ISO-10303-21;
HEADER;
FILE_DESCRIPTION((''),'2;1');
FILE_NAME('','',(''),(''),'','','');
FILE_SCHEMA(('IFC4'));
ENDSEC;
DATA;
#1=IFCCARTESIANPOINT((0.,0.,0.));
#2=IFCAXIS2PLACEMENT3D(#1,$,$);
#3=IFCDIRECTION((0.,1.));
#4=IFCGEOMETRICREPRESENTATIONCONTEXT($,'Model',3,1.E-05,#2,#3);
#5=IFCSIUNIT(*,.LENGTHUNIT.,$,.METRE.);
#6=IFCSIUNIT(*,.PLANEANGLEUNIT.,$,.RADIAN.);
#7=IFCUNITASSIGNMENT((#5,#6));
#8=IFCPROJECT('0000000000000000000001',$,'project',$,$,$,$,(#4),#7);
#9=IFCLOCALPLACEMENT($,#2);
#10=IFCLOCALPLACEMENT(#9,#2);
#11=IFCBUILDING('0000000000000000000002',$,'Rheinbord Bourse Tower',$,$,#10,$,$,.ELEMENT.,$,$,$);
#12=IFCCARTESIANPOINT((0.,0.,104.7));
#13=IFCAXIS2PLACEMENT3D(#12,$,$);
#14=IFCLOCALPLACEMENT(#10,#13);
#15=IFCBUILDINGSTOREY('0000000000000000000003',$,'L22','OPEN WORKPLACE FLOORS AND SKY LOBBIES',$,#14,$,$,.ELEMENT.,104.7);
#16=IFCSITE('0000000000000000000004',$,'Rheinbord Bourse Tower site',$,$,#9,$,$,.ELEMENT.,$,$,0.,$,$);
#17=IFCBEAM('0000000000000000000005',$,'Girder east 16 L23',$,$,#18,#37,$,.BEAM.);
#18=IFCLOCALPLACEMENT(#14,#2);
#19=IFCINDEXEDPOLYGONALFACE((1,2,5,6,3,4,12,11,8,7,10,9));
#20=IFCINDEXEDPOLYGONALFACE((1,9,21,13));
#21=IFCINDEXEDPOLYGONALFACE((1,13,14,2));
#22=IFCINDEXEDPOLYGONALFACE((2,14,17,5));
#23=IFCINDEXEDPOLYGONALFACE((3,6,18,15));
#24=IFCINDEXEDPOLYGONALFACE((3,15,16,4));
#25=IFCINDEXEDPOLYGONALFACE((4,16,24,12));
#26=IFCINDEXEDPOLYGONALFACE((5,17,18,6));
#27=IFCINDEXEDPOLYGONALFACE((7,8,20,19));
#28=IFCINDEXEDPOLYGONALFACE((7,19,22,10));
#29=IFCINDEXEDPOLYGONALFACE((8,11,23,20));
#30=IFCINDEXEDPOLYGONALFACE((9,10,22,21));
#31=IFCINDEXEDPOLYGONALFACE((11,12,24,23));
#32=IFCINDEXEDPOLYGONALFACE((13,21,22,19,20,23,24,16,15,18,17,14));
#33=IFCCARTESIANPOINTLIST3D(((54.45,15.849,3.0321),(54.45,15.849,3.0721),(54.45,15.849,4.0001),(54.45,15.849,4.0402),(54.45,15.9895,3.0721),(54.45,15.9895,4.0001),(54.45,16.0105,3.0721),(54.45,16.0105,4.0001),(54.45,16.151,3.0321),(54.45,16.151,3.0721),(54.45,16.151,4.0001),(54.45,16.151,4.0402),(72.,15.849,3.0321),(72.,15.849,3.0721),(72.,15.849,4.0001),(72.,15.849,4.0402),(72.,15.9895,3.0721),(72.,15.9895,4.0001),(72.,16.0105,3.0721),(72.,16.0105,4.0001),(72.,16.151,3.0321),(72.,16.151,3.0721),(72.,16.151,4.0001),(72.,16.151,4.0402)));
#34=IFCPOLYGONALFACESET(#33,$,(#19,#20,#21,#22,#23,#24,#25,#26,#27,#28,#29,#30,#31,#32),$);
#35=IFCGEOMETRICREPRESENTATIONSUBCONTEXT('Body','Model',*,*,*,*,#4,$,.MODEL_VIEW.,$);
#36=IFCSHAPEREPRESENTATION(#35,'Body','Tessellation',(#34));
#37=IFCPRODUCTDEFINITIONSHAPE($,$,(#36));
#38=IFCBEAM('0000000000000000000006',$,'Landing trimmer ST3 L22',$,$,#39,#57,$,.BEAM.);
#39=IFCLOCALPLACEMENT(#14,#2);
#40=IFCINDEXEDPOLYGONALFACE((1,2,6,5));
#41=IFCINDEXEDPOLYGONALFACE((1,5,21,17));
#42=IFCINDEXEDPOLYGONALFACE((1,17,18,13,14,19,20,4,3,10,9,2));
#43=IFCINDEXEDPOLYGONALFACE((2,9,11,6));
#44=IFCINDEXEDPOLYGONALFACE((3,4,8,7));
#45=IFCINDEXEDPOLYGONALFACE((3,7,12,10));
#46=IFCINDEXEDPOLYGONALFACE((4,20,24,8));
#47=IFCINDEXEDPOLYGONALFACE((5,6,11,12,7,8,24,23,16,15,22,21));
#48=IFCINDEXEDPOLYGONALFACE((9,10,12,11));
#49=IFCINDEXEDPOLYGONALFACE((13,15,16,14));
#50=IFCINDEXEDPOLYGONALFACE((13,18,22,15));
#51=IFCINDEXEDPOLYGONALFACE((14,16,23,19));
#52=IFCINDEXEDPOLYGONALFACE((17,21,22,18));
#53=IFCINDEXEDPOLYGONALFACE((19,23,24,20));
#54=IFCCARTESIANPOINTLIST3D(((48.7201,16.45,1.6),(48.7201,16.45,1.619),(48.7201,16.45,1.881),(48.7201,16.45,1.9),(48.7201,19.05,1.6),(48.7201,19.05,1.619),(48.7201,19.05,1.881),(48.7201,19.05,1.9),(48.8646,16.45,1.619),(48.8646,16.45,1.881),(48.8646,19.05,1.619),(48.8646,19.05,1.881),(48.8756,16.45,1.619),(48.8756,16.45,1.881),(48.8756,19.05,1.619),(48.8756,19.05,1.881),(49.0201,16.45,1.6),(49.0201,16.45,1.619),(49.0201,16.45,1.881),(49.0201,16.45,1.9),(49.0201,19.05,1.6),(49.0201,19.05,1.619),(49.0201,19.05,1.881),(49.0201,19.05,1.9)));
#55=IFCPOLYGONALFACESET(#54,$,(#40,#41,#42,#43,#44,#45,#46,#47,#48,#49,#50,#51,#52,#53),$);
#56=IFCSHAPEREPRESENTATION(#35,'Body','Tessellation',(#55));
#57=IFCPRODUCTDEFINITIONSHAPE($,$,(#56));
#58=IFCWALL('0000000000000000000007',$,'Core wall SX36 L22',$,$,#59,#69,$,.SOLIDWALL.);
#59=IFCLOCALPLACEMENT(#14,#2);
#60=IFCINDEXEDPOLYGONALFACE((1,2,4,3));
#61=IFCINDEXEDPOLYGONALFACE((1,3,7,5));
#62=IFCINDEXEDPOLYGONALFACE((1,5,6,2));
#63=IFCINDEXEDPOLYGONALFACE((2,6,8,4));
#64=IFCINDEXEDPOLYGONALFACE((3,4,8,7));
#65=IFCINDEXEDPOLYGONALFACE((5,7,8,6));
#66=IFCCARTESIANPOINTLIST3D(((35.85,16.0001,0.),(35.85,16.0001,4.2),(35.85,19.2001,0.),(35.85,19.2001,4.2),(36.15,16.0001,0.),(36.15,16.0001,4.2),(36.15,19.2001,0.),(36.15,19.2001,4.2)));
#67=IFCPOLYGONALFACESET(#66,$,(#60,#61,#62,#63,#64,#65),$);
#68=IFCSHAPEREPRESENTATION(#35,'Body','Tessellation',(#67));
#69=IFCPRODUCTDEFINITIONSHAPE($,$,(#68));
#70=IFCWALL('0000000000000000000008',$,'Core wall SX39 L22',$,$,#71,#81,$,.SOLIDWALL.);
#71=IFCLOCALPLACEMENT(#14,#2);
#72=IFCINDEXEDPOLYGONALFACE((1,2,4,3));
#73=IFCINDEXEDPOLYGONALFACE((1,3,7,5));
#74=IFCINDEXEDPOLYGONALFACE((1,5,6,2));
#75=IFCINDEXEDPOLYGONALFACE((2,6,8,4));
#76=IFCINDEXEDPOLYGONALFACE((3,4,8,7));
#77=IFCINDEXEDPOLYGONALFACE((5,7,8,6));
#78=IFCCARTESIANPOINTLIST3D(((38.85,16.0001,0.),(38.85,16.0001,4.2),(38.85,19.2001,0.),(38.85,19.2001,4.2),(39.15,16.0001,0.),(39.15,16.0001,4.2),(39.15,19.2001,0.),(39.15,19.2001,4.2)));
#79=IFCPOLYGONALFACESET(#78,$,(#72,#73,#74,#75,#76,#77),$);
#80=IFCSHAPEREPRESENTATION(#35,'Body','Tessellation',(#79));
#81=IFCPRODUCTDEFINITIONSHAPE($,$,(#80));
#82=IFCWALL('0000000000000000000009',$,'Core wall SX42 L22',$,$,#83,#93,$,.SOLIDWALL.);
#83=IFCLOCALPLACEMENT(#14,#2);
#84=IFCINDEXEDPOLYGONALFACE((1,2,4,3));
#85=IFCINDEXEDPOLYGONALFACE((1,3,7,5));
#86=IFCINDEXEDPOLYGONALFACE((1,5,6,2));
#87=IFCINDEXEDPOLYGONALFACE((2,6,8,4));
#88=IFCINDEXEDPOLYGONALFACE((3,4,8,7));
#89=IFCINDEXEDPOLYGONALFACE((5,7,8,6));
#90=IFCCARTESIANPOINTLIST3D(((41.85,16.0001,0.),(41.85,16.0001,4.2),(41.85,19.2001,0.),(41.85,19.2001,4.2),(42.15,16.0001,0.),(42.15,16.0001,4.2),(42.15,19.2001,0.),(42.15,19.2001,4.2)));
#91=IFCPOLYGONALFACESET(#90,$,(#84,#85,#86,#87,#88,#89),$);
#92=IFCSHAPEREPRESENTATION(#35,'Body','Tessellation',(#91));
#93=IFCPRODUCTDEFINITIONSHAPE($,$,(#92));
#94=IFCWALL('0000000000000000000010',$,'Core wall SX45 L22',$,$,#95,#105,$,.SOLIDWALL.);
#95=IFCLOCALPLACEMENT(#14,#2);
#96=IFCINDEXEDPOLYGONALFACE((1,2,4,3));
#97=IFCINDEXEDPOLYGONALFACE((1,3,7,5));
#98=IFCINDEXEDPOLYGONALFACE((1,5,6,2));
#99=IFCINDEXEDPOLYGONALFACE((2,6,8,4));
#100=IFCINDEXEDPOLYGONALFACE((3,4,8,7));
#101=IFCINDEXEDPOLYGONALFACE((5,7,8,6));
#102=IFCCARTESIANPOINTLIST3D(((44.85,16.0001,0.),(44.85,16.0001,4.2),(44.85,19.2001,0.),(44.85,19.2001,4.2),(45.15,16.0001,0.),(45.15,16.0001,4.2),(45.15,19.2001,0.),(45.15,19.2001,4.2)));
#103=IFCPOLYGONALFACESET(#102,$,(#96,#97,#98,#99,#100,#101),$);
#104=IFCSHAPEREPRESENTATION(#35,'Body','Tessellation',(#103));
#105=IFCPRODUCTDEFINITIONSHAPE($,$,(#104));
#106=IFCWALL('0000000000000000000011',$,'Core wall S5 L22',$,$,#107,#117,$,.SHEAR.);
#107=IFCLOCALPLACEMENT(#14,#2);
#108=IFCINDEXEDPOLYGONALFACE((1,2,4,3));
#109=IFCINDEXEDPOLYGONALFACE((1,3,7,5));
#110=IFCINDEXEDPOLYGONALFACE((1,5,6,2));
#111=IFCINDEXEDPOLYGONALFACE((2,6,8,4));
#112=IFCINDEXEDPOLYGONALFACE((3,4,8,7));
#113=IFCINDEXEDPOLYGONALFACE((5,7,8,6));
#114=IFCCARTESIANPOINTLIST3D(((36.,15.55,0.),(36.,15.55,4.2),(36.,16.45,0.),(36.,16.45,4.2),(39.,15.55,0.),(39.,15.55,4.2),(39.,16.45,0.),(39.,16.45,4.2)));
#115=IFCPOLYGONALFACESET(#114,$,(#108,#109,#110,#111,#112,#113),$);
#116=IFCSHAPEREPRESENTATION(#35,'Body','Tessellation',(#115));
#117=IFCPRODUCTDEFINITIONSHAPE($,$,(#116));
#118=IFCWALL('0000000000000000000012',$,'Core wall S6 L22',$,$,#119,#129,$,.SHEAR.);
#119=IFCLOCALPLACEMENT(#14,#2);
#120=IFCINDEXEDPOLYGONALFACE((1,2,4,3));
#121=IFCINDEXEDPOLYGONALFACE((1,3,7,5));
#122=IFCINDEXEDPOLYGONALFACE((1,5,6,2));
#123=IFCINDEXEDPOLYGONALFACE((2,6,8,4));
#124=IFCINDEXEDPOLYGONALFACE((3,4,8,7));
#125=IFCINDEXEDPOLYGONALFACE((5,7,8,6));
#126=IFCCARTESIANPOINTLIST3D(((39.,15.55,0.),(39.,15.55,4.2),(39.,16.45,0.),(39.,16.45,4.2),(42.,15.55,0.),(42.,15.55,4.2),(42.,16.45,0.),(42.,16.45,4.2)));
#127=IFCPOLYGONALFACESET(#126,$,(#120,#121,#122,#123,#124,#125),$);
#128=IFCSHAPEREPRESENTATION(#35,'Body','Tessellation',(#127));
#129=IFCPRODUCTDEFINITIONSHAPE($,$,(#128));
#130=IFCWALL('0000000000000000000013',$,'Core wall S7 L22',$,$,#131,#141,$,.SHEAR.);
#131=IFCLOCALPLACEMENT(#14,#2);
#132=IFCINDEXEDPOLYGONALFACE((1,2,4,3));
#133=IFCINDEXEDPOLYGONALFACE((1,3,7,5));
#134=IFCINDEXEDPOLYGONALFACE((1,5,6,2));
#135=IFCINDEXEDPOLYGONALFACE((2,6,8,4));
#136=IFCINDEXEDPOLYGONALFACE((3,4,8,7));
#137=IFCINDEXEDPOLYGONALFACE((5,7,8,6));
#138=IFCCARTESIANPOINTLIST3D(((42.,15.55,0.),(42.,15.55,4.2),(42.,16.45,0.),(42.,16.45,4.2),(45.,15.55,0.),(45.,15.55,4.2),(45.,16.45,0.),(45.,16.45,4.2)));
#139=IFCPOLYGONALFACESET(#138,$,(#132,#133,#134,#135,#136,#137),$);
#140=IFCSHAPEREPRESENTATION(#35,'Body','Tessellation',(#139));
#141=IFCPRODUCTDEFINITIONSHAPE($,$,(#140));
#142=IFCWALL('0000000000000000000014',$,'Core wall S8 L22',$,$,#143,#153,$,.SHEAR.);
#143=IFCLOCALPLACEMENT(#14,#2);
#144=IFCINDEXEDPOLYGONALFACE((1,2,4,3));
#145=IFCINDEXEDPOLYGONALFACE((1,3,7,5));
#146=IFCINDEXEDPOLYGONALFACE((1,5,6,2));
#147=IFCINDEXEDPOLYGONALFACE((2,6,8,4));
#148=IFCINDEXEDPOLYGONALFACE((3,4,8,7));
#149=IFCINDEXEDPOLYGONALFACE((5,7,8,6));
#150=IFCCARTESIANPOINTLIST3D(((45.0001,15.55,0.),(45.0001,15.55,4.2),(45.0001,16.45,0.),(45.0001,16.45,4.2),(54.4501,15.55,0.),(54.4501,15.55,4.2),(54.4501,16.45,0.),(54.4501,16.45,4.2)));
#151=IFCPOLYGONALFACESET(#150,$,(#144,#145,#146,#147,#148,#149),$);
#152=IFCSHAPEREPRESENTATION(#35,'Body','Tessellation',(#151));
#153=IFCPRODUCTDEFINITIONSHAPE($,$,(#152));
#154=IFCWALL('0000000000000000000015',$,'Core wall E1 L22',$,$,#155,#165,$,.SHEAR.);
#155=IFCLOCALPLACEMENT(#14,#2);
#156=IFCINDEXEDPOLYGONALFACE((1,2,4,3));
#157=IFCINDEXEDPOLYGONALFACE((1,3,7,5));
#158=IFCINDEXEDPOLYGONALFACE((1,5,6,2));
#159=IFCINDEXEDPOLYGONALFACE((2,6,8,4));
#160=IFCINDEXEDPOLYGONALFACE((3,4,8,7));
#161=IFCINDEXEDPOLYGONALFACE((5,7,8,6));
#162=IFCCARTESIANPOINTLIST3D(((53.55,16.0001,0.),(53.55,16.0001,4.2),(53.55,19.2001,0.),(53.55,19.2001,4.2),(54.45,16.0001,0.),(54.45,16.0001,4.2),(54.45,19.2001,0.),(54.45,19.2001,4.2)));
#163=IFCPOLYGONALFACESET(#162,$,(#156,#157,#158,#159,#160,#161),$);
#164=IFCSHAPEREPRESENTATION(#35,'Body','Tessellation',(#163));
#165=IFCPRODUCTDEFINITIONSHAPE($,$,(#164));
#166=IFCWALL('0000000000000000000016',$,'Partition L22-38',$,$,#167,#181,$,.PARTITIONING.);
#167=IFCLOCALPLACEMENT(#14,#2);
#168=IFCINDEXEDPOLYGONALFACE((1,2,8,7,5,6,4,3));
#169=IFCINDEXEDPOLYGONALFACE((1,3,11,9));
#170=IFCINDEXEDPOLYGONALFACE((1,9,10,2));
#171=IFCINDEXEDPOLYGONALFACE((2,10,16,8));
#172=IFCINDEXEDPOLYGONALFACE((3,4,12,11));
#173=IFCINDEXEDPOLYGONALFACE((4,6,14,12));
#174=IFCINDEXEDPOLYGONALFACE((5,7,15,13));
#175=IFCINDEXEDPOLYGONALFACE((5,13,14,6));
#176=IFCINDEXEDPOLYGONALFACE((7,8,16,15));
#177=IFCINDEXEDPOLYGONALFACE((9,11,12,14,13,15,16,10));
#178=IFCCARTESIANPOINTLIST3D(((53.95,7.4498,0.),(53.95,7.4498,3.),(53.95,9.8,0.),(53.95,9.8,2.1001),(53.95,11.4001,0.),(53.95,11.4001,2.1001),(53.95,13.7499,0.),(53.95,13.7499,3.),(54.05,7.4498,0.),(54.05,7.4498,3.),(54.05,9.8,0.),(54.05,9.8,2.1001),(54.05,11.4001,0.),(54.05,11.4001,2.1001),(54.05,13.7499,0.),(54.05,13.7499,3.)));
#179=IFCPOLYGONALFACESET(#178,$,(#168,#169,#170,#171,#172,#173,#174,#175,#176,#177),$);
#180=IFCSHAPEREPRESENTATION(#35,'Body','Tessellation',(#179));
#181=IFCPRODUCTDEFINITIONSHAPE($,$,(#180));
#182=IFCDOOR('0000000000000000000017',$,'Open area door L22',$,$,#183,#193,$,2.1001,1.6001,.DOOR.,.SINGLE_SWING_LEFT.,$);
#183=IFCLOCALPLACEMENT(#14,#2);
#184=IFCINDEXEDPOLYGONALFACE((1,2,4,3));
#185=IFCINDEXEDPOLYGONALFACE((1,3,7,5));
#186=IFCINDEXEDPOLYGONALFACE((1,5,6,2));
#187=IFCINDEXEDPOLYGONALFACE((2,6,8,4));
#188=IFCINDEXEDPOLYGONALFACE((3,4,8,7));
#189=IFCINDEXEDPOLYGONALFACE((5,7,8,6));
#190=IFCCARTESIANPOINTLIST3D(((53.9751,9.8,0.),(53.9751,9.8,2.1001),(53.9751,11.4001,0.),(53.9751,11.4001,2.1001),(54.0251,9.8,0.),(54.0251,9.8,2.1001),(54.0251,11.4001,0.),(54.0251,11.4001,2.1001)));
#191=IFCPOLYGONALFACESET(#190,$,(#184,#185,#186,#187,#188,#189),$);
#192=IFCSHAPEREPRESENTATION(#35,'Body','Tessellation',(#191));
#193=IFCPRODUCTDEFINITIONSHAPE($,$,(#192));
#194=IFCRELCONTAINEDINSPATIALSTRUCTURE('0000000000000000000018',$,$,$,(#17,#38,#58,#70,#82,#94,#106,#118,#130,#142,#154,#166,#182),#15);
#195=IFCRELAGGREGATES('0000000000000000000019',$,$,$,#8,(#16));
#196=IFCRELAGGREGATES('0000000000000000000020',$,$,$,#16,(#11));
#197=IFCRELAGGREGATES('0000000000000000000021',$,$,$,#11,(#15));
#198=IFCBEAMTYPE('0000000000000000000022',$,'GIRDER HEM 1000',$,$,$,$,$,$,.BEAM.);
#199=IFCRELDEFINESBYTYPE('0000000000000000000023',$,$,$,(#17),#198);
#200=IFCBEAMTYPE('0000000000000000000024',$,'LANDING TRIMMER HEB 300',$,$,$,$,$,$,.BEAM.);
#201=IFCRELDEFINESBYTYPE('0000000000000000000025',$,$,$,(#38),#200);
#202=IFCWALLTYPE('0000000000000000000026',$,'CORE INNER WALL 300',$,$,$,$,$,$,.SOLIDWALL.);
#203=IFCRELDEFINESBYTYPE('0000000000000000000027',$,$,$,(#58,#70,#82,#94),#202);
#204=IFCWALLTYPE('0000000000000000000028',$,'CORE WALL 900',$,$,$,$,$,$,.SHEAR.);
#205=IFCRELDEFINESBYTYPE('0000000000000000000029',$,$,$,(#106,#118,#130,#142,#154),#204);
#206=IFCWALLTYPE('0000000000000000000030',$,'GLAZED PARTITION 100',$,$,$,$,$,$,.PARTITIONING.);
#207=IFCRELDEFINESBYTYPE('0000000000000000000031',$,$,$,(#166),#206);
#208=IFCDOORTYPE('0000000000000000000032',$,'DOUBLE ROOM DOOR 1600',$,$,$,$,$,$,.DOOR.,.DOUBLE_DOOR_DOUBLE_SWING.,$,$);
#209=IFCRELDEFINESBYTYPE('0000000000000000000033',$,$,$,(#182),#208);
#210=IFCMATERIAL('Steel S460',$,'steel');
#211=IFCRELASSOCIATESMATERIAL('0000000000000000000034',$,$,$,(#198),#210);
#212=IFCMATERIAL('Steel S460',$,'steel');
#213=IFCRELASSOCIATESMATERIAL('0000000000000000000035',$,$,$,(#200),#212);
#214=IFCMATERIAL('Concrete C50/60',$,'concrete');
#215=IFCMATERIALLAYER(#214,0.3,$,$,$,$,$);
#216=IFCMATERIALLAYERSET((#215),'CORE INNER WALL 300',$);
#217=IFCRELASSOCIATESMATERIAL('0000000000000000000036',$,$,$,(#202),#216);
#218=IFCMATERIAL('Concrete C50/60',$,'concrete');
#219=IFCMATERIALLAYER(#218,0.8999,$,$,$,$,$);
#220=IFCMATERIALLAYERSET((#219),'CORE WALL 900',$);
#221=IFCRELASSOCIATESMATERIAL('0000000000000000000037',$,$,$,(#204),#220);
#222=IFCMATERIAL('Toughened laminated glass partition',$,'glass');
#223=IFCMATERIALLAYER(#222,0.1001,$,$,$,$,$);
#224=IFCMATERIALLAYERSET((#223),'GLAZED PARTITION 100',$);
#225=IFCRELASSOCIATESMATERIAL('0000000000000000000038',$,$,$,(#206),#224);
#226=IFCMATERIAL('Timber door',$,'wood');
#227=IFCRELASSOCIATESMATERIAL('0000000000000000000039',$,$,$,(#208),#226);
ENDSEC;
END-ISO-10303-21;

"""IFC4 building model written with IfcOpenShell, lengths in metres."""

from ifc_helpers import new_model, si_unit, direction, frame, frame_2d, origin, origin_2d, place, context, subcontext, project, spatial, rectangle, i_section, extrude, material, layer, layer_set, material_profile, profile_set, type_object, element, fill, save


model = new_model("IFC4")

# Units and contexts
model_context = context("Model", 3, precision=1e-05, world=origin(), true_north=direction((0.0, 1.0)))
body_context = subcontext(model_context, "Body", "Model", "MODEL_VIEW")
ifc_project = project(units=[si_unit("LENGTHUNIT", "METRE"), si_unit("PLANEANGLEUNIT", "RADIAN")], contexts=[model_context])

# Site, building, storey
site_placement = place(None, origin())
site = spatial("IfcSite", under=ifc_project, at=site_placement, Name="Rheinbord Bourse Tower site", CompositionType="ELEMENT", RefElevation=0.0)
building_placement = place(site_placement, origin())
building = spatial("IfcBuilding", under=site, at=building_placement, Name="Rheinbord Bourse Tower", CompositionType="ELEMENT")
storey_placement = place(building_placement, frame((0.0, 0.0, 104.7)))
storey = spatial("IfcBuildingStorey", under=building, at=storey_placement, Name="L22", Description="OPEN WORKPLACE FLOORS AND SKY LOBBIES", CompositionType="ELEMENT", Elevation=104.7)

# Beams
ifc_material_1 = material(Name="Steel S460", Category="steel")
ifc_material_profile_1 = material_profile(ifc_material_1, i_section(OverallWidth=0.302, OverallDepth=1.0081, WebThickness=0.021, FlangeThickness=0.04, at=origin_2d()), Name="HEM 1000")
ifc_profile_set_1 = profile_set([ifc_material_profile_1], Name="Steel S460")
beam_type_1 = type_object("IfcBeamType", Name="GIRDER HEM 1000", PredefinedType="BEAM", material=ifc_profile_set_1)
beam_1_placement = place(storey_placement, frame((54.45, 16.0, 3.5361), z_axis=(1.0, 0.0, 0.0), x_axis=(0.0, 1.0, 0.0)))
element("IfcBeam", 1, at=beam_1_placement, inside=storey, type_object=beam_type_1, Name="Girder east 16 L23", PredefinedType="BEAM", context=body_context, shape_type="SweptSolid", body=[
    extrude(i_section(OverallWidth=0.302, OverallDepth=1.0081, WebThickness=0.021, FlangeThickness=0.04, at=origin_2d()), origin(), (0.0, 0.0, 1.0), 17.55),
])
ifc_material_2 = material(Name="Steel S460", Category="steel")
ifc_material_profile_2 = material_profile(ifc_material_2, i_section(OverallWidth=0.3, OverallDepth=0.3, WebThickness=0.011, FlangeThickness=0.019, at=origin_2d()), Name="HEB 300")
ifc_profile_set_2 = profile_set([ifc_material_profile_2], Name="Steel S460")
beam_type_2 = type_object("IfcBeamType", Name="LANDING TRIMMER HEB 300", PredefinedType="BEAM", material=ifc_profile_set_2)
beam_2_placement = place(storey_placement, frame((48.8701, 16.45, 1.75), z_axis=(0.0, 1.0, 0.0), x_axis=(-1.0, 0.0, 0.0)))
element("IfcBeam", 2, at=beam_2_placement, inside=storey, type_object=beam_type_2, Name="Landing trimmer ST3 L22", PredefinedType="BEAM", context=body_context, shape_type="SweptSolid", body=[
    extrude(i_section(OverallWidth=0.3, OverallDepth=0.3, WebThickness=0.011, FlangeThickness=0.019, at=origin_2d()), origin(), (0.0, 0.0, 1.0), 2.6001),
])

# Walls
ifc_material_3 = material(Name="Concrete C50/60", Category="concrete")
ifc_layer_1 = layer(ifc_material_3, 0.3)
ifc_layer_set_1 = layer_set([ifc_layer_1], Name="CORE INNER WALL 300")
wall_type_1 = type_object("IfcWallType", Name="CORE INNER WALL 300", PredefinedType="SOLIDWALL", material=ifc_layer_set_1)
for number, where, z_axis, x_axis, name in (
    (3, (36.0, 16.0, 0.0), (0.0, 0.0, 1.0), (0.0, 1.0, 0.0), "Core wall SX36 L22"),
    (4, (39.0, 16.0, 0.0), (0.0, 0.0, 1.0), (0.0, 1.0, 0.0), "Core wall SX39 L22"),
    (5, (42.0, 16.0, 0.0), (0.0, 0.0, 1.0), (0.0, 1.0, 0.0), "Core wall SX42 L22"),
    (6, (45.0, 16.0, 0.0), (0.0, 0.0, 1.0), (0.0, 1.0, 0.0), "Core wall SX45 L22"),
):
    element("IfcWall", number, at=place(storey_placement, frame(where, z_axis=z_axis, x_axis=x_axis)), inside=storey, type_object=wall_type_1, Name=name, PredefinedType="SOLIDWALL", context=body_context, shape_type="SweptSolid", body=[
        extrude(rectangle(XDim=3.2, YDim=0.3, at=frame_2d((1.6001, 0.0))), origin(), (0.0, 0.0, 1.0), 4.2),
    ])
ifc_material_4 = material(Name="Concrete C50/60", Category="concrete")
ifc_layer_2 = layer(ifc_material_4, 0.8999)
ifc_layer_set_2 = layer_set([ifc_layer_2], Name="CORE WALL 900")
wall_type_2 = type_object("IfcWallType", Name="CORE WALL 900", PredefinedType="SHEAR", material=ifc_layer_set_2)
for number, where, z_axis, x_axis, name in (
    (7, (36.0, 16.0, 0.0), (0.0, 0.0, 1.0), (1.0, 0.0, 0.0), "Core wall S5 L22"),
    (8, (39.0, 16.0, 0.0), (0.0, 0.0, 1.0), (1.0, 0.0, 0.0), "Core wall S6 L22"),
    (9, (42.0, 16.0, 0.0), (0.0, 0.0, 1.0), (1.0, 0.0, 0.0), "Core wall S7 L22"),
):
    element("IfcWall", number, at=place(storey_placement, frame(where, z_axis=z_axis, x_axis=x_axis)), inside=storey, type_object=wall_type_2, Name=name, PredefinedType="SHEAR", context=body_context, shape_type="SweptSolid", body=[
        extrude(rectangle(XDim=3.0, YDim=0.8999, at=frame_2d((1.5, 0.0))), origin(), (0.0, 0.0, 1.0), 4.2),
    ])
wall_1_placement = place(storey_placement, frame((45.0, 16.0, 0.0), z_axis=(0.0, 0.0, 1.0), x_axis=(1.0, 0.0, 0.0)))
element("IfcWall", 10, at=wall_1_placement, inside=storey, type_object=wall_type_2, Name="Core wall S8 L22", PredefinedType="SHEAR", context=body_context, shape_type="SweptSolid", body=[
    extrude(rectangle(XDim=9.45, YDim=0.8999, at=frame_2d((4.7251, 0.0))), origin(), (0.0, 0.0, 1.0), 4.2),
])
wall_2_placement = place(storey_placement, frame((54.0, 16.0, 0.0), z_axis=(0.0, 0.0, 1.0), x_axis=(0.0, 1.0, 0.0)))
element("IfcWall", 11, at=wall_2_placement, inside=storey, type_object=wall_type_2, Name="Core wall E1 L22", PredefinedType="SHEAR", context=body_context, shape_type="SweptSolid", body=[
    extrude(rectangle(XDim=3.2, YDim=0.8999, at=frame_2d((1.6001, 0.0))), origin(), (0.0, 0.0, 1.0), 4.2),
])

# Wall, opening, door
ifc_material_5 = material(Name="Toughened laminated glass partition", Category="glass")
ifc_layer_3 = layer(ifc_material_5, 0.1001)
ifc_layer_set_3 = layer_set([ifc_layer_3], Name="GLAZED PARTITION 100")
wall_type_3 = type_object("IfcWallType", Name="GLAZED PARTITION 100", PredefinedType="PARTITIONING", material=ifc_layer_set_3)
wall_3_placement = place(storey_placement, frame((54.0, 7.45, 0.0), z_axis=(0.0, 0.0, 1.0), x_axis=(0.0, 1.0, 0.0)))
wall_3 = element("IfcWall", 12, at=wall_3_placement, inside=storey, type_object=wall_type_3, Name="Partition L22-38", PredefinedType="PARTITIONING", context=body_context, shape_type="SweptSolid", body=[
    extrude(rectangle(XDim=6.3, YDim=0.1001, at=frame_2d((3.1499, 0.0))), origin(), (0.0, 0.0, 1.0), 3.0),
])
opening_1_placement = place(wall_3_placement, frame((2.3501, 0.0, 0.0)))
opening_1 = element("IfcOpeningElement", 13, at=opening_1_placement, cuts=wall_3, PredefinedType="OPENING", context=body_context, shape_type="SweptSolid", body=[
    extrude(rectangle(XDim=1.6001, YDim=2.1001, at=frame_2d((0.8, 1.05))), frame((0.0, 0.0601, 0.0), z_axis=(0.0, -1.0, 0.0), x_axis=(1.0, 0.0, 0.0)), (0.0, 0.0, 1.0), 0.1201),
])
ifc_material_6 = material(Name="Timber door", Category="wood")
door_type_1 = type_object("IfcDoorType", Name="DOUBLE ROOM DOOR 1600", OperationType="DOUBLE_DOOR_DOUBLE_SWING", PredefinedType="DOOR", material=ifc_material_6)
door_1_placement = place(opening_1_placement, origin())
door_1 = element("IfcDoor", 14, at=door_1_placement, inside=storey, type_object=door_type_1, Name="Open area door L22", OperationType="SINGLE_SWING_LEFT", OverallHeight=2.1001, OverallWidth=1.6001, PredefinedType="DOOR", context=body_context, shape_type="SweptSolid", body=[
    extrude(rectangle(XDim=1.6001, YDim=2.1001, at=frame_2d((0.8, 1.05))), frame((0.0, 0.0249, 0.0), z_axis=(0.0, -1.0, 0.0), x_axis=(1.0, 0.0, 0.0)), (0.0, 0.0, 1.0), 0.05),
])
fill(opening_1, door_1)

save(model, "model.ifc")
